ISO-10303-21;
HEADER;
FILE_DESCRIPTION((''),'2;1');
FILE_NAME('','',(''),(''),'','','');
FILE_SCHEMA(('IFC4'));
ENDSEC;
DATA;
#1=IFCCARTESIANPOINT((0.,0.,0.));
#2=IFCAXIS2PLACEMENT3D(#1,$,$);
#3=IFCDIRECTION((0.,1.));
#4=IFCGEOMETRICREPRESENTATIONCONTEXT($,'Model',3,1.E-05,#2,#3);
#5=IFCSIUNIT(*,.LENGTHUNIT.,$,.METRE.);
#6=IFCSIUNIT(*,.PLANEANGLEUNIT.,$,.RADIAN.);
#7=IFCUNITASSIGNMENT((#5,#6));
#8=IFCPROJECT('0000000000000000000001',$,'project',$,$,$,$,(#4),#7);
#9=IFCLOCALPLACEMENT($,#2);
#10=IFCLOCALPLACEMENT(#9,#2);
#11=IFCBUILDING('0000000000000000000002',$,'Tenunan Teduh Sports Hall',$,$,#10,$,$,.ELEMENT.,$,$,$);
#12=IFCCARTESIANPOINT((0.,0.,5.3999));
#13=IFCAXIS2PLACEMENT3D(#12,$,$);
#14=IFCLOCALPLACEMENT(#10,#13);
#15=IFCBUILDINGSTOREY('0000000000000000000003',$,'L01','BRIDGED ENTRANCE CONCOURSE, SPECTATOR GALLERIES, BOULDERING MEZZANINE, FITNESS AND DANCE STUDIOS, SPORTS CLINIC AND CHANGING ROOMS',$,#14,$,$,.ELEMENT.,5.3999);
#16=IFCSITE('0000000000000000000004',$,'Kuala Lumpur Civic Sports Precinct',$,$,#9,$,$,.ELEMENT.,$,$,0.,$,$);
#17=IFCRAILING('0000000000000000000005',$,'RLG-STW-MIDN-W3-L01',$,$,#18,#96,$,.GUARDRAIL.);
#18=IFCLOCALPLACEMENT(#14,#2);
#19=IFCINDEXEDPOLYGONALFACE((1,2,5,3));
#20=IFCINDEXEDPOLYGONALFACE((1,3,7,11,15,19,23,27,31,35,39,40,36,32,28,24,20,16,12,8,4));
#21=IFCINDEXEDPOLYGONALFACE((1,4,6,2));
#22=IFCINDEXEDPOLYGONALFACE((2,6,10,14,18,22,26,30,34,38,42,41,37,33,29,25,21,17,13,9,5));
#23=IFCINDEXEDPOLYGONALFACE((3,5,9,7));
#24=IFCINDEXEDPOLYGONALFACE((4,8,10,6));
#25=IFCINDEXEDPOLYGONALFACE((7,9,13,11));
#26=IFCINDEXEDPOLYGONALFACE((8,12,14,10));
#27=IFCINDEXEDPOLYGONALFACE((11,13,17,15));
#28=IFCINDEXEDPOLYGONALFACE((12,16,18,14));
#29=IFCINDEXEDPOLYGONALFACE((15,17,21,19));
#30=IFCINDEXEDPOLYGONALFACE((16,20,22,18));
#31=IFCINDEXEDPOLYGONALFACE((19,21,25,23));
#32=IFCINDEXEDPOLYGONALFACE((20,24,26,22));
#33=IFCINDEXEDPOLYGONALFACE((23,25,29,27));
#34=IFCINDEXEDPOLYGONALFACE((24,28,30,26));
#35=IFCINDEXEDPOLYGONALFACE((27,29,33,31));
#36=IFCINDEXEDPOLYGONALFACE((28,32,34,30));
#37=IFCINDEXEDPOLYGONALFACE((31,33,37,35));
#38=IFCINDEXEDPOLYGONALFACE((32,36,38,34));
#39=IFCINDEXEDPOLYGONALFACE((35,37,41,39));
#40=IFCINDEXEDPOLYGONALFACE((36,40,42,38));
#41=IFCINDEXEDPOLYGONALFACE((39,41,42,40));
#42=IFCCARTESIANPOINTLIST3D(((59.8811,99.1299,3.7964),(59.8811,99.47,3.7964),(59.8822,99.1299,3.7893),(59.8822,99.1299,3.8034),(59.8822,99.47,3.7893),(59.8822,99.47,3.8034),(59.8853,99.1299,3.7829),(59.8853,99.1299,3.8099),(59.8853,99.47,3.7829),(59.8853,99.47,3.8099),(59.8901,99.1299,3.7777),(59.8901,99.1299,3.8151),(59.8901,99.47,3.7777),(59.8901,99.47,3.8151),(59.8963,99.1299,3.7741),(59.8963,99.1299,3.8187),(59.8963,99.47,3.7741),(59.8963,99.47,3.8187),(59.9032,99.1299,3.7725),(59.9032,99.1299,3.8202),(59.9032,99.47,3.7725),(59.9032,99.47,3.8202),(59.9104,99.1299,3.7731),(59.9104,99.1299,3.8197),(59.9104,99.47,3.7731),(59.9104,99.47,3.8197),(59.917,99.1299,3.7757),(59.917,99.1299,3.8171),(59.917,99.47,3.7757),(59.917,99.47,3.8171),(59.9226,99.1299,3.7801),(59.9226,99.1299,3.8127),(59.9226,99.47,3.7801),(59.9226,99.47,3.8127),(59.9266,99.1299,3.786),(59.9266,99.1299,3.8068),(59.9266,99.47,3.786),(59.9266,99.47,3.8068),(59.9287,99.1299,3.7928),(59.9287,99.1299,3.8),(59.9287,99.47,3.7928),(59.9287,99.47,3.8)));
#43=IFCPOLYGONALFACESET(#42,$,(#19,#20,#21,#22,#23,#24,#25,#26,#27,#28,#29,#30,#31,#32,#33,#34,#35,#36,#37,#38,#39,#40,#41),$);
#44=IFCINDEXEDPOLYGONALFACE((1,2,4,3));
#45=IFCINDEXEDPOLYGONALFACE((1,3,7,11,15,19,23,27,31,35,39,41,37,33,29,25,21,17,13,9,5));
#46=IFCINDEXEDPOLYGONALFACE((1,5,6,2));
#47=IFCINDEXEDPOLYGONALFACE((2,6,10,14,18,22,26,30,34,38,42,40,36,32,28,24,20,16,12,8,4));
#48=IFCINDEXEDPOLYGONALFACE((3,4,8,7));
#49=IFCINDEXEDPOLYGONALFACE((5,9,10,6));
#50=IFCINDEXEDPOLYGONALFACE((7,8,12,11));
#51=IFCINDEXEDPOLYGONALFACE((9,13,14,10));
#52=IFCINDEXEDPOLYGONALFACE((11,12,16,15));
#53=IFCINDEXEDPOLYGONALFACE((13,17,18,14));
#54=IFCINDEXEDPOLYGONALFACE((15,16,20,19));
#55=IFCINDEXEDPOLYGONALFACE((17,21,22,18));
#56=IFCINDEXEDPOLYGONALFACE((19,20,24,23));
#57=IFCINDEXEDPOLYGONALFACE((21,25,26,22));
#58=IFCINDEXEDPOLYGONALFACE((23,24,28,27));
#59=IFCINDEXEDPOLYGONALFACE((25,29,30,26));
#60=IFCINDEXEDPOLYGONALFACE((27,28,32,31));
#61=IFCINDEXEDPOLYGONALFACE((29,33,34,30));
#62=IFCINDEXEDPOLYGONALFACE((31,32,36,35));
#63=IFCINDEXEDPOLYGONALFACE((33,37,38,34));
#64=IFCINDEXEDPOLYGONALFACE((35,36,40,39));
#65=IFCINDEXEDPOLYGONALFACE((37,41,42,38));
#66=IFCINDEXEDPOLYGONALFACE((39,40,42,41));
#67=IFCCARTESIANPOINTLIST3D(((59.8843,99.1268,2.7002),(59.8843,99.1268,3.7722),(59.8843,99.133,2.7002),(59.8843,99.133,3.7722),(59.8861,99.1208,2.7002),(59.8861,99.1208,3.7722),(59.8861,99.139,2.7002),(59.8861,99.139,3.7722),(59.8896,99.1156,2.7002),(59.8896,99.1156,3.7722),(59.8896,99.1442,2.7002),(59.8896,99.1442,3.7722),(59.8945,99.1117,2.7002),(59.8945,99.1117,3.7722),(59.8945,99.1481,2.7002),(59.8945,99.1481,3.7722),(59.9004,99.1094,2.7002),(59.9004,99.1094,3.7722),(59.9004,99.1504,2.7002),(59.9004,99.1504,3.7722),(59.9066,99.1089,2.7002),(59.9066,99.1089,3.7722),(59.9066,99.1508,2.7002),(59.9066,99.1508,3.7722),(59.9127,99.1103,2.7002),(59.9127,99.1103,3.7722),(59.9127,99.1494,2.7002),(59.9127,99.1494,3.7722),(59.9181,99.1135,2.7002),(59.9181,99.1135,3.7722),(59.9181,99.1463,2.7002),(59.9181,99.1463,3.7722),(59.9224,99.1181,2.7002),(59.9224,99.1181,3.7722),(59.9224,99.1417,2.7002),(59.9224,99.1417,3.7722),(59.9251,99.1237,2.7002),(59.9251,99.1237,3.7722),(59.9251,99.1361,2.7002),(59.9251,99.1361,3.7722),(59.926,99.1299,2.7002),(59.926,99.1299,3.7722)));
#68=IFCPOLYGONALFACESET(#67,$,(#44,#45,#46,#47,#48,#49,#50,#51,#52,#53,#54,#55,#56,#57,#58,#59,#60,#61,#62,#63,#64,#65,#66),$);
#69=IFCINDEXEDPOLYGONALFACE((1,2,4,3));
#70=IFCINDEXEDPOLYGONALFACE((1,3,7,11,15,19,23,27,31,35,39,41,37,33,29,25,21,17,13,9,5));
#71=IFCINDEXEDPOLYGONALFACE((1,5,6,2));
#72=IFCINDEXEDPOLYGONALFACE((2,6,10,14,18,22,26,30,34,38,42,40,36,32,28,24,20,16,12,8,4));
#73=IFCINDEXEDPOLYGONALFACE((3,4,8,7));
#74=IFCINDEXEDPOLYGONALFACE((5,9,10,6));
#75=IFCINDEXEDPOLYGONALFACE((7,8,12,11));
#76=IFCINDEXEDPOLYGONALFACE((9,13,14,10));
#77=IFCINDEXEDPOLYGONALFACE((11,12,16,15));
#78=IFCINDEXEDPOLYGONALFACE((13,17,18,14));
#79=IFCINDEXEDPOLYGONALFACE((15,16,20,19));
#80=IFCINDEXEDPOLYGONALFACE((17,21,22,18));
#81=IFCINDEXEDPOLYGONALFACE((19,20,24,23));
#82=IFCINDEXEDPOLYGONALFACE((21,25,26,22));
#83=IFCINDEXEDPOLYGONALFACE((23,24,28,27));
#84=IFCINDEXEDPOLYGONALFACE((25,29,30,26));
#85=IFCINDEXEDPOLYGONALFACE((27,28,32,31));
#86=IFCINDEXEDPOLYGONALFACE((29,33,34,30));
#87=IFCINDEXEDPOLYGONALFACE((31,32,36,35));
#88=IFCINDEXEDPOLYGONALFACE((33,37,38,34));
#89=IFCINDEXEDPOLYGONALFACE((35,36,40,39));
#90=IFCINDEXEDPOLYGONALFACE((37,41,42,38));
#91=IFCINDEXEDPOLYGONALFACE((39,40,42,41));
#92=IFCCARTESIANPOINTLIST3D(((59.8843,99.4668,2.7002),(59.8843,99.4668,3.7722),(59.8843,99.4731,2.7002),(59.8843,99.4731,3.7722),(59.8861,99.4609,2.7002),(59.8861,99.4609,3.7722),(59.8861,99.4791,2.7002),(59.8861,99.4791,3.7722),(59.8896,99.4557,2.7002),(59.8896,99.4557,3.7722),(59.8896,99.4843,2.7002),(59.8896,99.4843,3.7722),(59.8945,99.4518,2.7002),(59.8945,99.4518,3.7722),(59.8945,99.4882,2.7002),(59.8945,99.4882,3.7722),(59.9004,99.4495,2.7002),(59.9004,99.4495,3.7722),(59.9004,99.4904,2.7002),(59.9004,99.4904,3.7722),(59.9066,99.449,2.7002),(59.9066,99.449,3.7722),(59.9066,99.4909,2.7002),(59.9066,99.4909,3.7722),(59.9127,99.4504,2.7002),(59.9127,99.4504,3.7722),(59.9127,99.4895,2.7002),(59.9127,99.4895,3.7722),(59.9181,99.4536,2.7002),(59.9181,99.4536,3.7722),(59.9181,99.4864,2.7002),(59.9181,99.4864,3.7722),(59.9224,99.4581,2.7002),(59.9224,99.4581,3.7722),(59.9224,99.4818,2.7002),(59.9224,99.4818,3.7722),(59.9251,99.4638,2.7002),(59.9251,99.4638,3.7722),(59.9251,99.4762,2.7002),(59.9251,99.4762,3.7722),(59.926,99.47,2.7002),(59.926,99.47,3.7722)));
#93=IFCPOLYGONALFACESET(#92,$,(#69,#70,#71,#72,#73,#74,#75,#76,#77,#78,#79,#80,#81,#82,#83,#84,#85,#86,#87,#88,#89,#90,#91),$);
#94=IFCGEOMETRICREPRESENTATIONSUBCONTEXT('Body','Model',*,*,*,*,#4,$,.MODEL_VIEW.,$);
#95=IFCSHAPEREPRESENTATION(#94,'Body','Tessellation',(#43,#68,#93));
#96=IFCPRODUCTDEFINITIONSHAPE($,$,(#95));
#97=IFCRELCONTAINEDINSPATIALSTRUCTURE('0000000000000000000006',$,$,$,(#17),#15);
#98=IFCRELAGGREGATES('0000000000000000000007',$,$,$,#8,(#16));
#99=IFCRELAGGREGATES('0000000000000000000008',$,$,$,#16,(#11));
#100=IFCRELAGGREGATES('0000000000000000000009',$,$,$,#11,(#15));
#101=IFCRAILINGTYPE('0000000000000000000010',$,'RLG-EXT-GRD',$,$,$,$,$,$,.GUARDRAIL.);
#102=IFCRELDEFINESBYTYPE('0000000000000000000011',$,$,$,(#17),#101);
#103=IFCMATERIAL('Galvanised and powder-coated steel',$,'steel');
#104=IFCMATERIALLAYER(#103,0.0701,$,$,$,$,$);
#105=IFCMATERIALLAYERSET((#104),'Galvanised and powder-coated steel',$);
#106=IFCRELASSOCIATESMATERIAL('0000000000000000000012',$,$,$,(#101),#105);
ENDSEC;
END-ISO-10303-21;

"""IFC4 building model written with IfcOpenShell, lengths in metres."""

from ifc_helpers import new_model, si_unit, direction, frame, origin, origin_2d, place, context, subcontext, project, spatial, circle, extrude, material, layer, layer_set, type_object, element, save


model = new_model("IFC4")

# Units and contexts
model_context = context("Model", 3, precision=1e-05, world=origin(), true_north=direction((0.0, 1.0)))
body_context = subcontext(model_context, "Body", "Model", "MODEL_VIEW")
ifc_project = project(units=[si_unit("LENGTHUNIT", "METRE"), si_unit("PLANEANGLEUNIT", "RADIAN")], contexts=[model_context])

# Site, building, storey
site_placement = place(None, origin())
site = spatial("IfcSite", under=ifc_project, at=site_placement, Name="Kuala Lumpur Civic Sports Precinct", CompositionType="ELEMENT", RefElevation=0.0)
building_placement = place(site_placement, origin())
building = spatial("IfcBuilding", under=site, at=building_placement, Name="Tenunan Teduh Sports Hall", CompositionType="ELEMENT")
storey_placement = place(building_placement, frame((0.0, 0.0, 5.3999)))
storey = spatial("IfcBuildingStorey", under=building, at=storey_placement, Name="L01", Description="BRIDGED ENTRANCE CONCOURSE, SPECTATOR GALLERIES, BOULDERING MEZZANINE, FITNESS AND DANCE STUDIOS, SPORTS CLINIC AND CHANGING ROOMS", CompositionType="ELEMENT", Elevation=5.3999)

# Railing
ifc_material_1 = material(Name="Galvanised and powder-coated steel", Category="steel")
ifc_layer_1 = layer(ifc_material_1, 0.0701)
ifc_layer_set_1 = layer_set([ifc_layer_1], Name="Galvanised and powder-coated steel")
railing_type_1 = type_object("IfcRailingType", Name="RLG-EXT-GRD", PredefinedType="GUARDRAIL", material=ifc_layer_set_1)
railing_1_placement = place(storey_placement, frame((59.905, 99.1299, 2.7002)))
element("IfcRailing", 1, at=railing_1_placement, inside=storey, type_object=railing_type_1, Name="RLG-STW-MIDN-W3-L01", PredefinedType="GUARDRAIL", context=body_context, shape_type="SweptSolid", body=[
    extrude(circle(Radius=0.0239, at=origin_2d()), frame((0.0, 0.0, 1.0962), z_axis=(0.0, 1.0, 0.0), x_axis=(-1.0, 0.0, 0.0)), (0.0, 0.0, 1.0), 0.3401),
    extrude(circle(Radius=0.021, at=origin_2d()), origin(), (0.0, 0.0, 1.0), 1.072),
    extrude(circle(Radius=0.021, at=origin_2d()), frame((0.0, 0.3401, 0.0)), (0.0, 0.0, 1.0), 1.072),
])

save(model, "model.ifc")
